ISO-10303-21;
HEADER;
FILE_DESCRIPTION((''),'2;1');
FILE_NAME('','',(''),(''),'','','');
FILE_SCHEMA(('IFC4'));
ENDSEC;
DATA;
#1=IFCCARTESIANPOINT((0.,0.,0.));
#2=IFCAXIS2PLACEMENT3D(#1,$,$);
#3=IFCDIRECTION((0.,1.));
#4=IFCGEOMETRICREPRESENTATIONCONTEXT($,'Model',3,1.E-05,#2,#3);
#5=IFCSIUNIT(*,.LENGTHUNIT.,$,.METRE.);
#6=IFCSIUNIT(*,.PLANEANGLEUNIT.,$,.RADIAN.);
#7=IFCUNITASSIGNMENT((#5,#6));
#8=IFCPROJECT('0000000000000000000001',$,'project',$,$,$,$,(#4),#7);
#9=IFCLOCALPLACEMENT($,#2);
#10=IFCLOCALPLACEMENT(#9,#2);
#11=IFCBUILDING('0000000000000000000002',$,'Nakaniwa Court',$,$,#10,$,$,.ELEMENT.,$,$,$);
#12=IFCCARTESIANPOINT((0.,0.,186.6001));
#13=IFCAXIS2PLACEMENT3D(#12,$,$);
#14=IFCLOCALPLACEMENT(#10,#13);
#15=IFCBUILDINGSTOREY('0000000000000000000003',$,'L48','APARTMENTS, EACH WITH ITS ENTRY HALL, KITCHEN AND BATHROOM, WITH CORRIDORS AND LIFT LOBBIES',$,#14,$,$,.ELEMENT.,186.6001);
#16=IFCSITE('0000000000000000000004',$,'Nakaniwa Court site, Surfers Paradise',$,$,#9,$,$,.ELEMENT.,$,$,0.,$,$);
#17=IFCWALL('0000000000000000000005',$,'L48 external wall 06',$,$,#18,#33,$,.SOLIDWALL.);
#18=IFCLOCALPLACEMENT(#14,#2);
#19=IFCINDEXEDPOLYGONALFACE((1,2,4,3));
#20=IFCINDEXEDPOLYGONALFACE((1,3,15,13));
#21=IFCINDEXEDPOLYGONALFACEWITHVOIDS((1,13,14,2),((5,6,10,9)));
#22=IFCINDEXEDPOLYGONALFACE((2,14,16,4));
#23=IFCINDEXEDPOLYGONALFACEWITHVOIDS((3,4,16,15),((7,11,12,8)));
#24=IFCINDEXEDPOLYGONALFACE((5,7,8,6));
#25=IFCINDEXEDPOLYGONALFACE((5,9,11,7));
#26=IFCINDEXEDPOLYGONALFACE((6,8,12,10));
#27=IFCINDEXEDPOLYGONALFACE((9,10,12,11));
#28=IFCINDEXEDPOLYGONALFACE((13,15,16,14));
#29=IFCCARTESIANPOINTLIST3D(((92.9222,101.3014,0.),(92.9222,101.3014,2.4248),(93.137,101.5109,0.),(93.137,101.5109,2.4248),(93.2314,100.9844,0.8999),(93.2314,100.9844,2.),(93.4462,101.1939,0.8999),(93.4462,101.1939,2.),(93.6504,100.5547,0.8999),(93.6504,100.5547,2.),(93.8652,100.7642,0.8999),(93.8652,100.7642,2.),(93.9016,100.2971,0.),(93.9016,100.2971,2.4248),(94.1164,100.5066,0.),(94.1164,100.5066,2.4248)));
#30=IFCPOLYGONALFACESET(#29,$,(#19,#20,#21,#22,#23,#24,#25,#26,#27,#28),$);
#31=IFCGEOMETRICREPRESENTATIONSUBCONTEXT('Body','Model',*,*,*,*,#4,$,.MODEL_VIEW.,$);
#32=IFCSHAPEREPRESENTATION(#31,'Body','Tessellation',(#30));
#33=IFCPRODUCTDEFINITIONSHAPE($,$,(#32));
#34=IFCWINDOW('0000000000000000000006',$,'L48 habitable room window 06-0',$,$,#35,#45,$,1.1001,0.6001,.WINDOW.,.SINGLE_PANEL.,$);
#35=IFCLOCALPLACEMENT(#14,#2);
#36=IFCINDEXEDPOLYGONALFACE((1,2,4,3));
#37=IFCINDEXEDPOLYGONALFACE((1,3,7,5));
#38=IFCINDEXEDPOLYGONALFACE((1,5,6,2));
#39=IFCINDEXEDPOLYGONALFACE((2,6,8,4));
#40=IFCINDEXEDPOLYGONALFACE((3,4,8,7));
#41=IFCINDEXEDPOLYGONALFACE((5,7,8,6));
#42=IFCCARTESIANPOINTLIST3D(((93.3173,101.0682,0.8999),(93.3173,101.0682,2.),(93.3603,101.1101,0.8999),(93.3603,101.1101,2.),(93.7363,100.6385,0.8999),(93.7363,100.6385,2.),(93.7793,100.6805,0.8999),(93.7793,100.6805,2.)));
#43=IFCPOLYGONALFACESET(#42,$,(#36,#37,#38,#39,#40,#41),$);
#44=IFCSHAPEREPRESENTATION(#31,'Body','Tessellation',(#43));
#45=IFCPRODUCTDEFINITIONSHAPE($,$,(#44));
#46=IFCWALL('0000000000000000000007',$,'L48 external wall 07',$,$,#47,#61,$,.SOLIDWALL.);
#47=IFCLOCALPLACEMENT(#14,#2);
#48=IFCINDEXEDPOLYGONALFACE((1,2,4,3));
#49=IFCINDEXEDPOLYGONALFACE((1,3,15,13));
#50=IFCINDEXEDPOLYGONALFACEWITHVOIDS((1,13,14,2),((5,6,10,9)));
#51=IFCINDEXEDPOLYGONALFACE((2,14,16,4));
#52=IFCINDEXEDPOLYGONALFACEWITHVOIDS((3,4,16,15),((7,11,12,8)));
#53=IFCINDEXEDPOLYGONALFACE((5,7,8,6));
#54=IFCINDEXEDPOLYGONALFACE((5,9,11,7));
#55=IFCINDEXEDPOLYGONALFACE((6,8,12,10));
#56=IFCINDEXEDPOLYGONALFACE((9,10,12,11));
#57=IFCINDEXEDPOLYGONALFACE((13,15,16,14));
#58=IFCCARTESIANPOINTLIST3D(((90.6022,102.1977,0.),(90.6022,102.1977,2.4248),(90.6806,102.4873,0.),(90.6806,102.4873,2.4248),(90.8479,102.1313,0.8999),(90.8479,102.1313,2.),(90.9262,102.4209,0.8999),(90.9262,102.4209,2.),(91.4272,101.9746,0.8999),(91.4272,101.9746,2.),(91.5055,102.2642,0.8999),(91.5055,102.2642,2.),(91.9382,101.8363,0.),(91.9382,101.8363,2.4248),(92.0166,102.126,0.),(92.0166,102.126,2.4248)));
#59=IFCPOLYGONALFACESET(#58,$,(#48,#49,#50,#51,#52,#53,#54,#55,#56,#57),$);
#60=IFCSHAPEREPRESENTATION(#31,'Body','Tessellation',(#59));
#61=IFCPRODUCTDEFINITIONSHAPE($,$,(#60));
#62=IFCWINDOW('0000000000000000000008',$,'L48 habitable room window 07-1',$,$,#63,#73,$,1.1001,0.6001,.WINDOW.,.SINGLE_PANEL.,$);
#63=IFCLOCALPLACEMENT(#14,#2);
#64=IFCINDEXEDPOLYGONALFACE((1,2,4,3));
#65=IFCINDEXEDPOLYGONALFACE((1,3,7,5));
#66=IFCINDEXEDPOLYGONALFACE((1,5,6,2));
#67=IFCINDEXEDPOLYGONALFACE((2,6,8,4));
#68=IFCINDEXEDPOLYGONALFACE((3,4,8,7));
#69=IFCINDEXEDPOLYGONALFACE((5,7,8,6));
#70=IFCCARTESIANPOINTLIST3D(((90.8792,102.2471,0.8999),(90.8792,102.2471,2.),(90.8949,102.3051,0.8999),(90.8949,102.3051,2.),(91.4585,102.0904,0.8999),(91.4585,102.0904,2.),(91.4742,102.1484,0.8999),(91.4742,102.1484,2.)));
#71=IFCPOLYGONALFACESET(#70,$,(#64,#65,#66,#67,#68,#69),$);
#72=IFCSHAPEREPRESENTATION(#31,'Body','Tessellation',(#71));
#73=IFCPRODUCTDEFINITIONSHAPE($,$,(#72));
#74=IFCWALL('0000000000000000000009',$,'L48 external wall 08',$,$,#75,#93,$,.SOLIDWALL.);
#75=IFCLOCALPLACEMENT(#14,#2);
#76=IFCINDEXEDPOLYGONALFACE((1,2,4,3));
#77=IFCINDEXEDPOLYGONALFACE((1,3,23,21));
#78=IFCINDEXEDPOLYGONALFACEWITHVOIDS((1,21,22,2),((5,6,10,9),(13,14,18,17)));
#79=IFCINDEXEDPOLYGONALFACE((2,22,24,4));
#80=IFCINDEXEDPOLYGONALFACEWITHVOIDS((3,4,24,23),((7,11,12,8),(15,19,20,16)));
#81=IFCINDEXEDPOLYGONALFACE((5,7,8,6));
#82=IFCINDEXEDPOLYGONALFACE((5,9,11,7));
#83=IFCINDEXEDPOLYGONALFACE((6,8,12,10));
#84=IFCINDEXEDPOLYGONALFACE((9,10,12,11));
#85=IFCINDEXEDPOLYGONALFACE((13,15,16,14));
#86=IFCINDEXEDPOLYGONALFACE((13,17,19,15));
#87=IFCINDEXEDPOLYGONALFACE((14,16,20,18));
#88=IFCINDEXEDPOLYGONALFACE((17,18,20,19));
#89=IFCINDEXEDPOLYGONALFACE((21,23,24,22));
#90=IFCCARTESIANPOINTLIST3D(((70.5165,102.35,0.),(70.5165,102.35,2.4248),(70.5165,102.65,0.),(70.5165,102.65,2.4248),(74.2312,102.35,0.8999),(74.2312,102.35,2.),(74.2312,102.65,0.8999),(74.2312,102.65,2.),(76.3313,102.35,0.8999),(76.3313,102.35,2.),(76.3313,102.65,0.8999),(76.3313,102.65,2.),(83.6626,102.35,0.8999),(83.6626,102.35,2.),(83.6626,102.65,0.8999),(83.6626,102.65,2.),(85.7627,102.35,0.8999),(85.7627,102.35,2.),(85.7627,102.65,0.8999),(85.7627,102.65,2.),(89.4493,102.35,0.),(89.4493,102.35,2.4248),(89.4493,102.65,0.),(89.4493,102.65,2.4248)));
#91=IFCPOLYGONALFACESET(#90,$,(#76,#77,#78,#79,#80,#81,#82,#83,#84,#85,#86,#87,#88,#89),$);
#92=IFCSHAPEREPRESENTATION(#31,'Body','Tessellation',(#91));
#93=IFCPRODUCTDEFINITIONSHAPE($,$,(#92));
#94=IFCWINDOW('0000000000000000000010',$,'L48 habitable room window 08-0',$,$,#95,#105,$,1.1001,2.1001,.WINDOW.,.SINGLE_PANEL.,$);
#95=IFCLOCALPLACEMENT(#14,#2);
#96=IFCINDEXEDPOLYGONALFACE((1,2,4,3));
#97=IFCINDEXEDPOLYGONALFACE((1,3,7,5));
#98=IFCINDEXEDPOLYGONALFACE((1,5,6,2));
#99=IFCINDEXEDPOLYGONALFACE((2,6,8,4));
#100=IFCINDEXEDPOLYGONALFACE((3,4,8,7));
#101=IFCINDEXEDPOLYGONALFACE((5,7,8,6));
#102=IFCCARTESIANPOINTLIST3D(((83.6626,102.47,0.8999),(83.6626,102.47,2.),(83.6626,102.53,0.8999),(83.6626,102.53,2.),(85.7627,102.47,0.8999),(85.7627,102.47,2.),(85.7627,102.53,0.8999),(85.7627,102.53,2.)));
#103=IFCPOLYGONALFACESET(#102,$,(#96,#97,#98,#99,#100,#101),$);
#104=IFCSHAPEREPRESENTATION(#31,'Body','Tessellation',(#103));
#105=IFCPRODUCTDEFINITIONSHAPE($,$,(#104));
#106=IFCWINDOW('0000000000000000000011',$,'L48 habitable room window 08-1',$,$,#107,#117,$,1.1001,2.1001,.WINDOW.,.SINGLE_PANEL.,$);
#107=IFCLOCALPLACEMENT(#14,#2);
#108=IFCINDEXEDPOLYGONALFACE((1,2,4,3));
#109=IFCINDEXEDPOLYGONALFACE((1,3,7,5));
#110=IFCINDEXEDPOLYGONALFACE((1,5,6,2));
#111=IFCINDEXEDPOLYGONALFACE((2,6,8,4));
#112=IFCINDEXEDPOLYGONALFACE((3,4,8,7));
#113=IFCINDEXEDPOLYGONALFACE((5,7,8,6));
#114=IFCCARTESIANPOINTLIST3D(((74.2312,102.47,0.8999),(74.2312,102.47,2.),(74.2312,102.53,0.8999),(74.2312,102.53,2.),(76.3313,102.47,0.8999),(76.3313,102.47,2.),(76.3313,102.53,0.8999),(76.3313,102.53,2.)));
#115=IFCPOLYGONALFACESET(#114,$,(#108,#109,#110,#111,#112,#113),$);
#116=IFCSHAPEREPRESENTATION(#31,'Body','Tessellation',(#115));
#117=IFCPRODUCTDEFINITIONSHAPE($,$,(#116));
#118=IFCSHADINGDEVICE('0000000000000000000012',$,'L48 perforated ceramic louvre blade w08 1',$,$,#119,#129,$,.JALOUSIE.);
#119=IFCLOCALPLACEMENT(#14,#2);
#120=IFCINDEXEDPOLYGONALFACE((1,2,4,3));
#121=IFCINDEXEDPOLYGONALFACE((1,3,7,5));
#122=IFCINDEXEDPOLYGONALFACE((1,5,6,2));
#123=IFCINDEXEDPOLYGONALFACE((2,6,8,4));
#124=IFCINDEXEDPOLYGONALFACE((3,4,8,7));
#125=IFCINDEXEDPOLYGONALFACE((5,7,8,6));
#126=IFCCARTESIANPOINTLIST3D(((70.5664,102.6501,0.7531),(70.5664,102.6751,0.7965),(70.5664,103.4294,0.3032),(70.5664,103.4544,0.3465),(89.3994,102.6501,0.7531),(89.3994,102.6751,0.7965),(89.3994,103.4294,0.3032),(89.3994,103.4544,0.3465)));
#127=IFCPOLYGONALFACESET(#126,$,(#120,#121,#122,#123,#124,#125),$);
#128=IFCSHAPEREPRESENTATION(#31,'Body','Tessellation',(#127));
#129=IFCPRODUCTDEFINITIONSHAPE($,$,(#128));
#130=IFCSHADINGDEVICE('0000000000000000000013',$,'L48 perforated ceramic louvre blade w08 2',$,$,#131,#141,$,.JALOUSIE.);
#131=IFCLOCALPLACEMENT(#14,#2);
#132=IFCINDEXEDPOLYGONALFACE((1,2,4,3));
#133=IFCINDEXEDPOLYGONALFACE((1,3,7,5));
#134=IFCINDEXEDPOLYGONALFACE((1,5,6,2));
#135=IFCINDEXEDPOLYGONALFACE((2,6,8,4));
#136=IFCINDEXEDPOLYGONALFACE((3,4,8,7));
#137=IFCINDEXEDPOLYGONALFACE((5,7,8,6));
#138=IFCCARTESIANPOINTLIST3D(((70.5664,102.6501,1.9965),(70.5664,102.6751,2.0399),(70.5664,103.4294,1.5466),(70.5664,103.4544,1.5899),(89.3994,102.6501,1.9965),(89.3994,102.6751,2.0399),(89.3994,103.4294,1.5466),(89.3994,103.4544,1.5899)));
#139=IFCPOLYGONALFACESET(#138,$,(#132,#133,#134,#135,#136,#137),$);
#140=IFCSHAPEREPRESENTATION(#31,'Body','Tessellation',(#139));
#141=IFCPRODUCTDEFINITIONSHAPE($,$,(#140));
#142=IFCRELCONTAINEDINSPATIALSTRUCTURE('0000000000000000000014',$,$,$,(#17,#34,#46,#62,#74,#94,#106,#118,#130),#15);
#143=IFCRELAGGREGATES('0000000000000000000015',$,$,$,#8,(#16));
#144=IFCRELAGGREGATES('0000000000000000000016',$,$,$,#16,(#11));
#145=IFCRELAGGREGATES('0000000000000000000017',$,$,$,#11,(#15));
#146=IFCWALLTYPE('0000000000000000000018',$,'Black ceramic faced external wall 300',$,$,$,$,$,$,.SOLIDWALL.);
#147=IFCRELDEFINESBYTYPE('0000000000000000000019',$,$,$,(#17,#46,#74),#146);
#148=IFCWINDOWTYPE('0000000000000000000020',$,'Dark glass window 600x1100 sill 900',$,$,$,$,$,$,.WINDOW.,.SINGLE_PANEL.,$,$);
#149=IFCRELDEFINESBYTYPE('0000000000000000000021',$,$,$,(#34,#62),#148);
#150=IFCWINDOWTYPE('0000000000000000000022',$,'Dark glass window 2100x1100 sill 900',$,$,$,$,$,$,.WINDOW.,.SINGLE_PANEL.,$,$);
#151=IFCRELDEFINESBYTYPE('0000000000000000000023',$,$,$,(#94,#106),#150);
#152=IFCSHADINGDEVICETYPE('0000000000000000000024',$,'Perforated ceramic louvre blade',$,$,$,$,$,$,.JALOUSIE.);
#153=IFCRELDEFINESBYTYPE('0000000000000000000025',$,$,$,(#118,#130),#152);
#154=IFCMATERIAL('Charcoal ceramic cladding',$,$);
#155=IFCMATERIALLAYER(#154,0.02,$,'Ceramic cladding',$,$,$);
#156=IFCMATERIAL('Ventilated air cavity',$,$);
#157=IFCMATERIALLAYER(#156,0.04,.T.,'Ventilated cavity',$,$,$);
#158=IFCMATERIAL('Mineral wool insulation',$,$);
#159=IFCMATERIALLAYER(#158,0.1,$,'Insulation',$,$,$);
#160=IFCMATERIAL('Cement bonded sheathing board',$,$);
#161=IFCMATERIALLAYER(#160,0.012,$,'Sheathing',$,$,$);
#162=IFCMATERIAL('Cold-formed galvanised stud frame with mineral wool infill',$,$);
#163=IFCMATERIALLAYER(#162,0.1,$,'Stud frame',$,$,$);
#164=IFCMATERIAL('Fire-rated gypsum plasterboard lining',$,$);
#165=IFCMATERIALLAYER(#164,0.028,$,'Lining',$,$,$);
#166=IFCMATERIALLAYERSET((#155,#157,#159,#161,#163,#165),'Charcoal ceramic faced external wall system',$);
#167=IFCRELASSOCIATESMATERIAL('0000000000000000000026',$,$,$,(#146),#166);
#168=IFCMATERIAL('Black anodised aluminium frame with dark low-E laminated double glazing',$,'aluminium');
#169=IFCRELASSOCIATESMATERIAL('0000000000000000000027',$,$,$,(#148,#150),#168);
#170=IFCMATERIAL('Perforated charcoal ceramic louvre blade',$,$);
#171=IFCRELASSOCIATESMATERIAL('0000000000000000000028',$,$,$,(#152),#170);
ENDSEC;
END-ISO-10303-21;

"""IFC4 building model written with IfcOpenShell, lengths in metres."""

from ifc_helpers import new_model, si_unit, direction, frame, frame_2d, origin, origin_2d, place, context, subcontext, project, spatial, rectangle, extrude, material, layer, layer_set, material_profile, profile_set, type_object, element, fill, save


model = new_model("IFC4")

# Units and contexts
model_context = context("Model", 3, precision=1e-05, world=origin(), true_north=direction((0.0, 1.0)))
body_context = subcontext(model_context, "Body", "Model", "MODEL_VIEW")
ifc_project = project(units=[si_unit("LENGTHUNIT", "METRE"), si_unit("PLANEANGLEUNIT", "RADIAN")], contexts=[model_context])

# Site, building, storey
site_placement = place(None, origin())
site = spatial("IfcSite", under=ifc_project, at=site_placement, Name="Nakaniwa Court site, Surfers Paradise", CompositionType="ELEMENT", RefElevation=0.0)
building_placement = place(site_placement, origin())
building = spatial("IfcBuilding", under=site, at=building_placement, Name="Nakaniwa Court", CompositionType="ELEMENT")
storey_placement = place(building_placement, frame((0.0, 0.0, 186.6001)))
storey = spatial("IfcBuildingStorey", under=building, at=storey_placement, Name="L48", Description="APARTMENTS, EACH WITH ITS ENTRY HALL, KITCHEN AND BATHROOM, WITH CORRIDORS AND LIFT LOBBIES", CompositionType="ELEMENT", Elevation=186.6001)

# Walls, openings, windows
ifc_material_1 = material(Name="Charcoal ceramic cladding")
ifc_layer_1 = layer(ifc_material_1, 0.02, Name="Ceramic cladding")
ifc_material_2 = material(Name="Ventilated air cavity")
ifc_layer_2 = layer(ifc_material_2, 0.04, ventilated=True, Name="Ventilated cavity")
ifc_material_3 = material(Name="Mineral wool insulation")
ifc_layer_3 = layer(ifc_material_3, 0.1, Name="Insulation")
ifc_material_4 = material(Name="Cement bonded sheathing board")
ifc_layer_4 = layer(ifc_material_4, 0.012, Name="Sheathing")
ifc_material_5 = material(Name="Cold-formed galvanised stud frame with mineral wool infill")
ifc_layer_5 = layer(ifc_material_5, 0.1, Name="Stud frame")
ifc_material_6 = material(Name="Fire-rated gypsum plasterboard lining")
ifc_layer_6 = layer(ifc_material_6, 0.028, Name="Lining")
ifc_layer_set_1 = layer_set([ifc_layer_1, ifc_layer_2, ifc_layer_3, ifc_layer_4, ifc_layer_5, ifc_layer_6], Name="Charcoal ceramic faced external wall system")
wall_type_1 = type_object("IfcWallType", Name="Black ceramic faced external wall 300", PredefinedType="SOLIDWALL", material=ifc_layer_set_1)
wall_1_placement = place(storey_placement, frame((94.009, 100.4019, 0.0), z_axis=(0.0, 0.0, 1.0), x_axis=(-0.698176, 0.715926, 0.0)))
wall_1 = element("IfcWall", 1, at=wall_1_placement, inside=storey, type_object=wall_type_1, Name="L48 external wall 06", PredefinedType="SOLIDWALL", context=body_context, shape_type="SweptSolid", body=[
    extrude(rectangle(XDim=1.4028, YDim=0.3, at=frame_2d((0.7014, 0.0))), origin(), (0.0, 0.0, 1.0), 2.4248),
])
opening_1_placement = place(wall_1_placement, frame((0.3599, 0.0, 0.8999)))
opening_1 = element("IfcOpeningElement", 2, at=opening_1_placement, cuts=wall_1, PredefinedType="OPENING", context=body_context, shape_type="SweptSolid", body=[
    extrude(rectangle(XDim=0.6001, YDim=1.1001, at=frame_2d((0.3, 0.55))), frame((0.0, 0.1599, 0.0), z_axis=(0.0, -1.0, 0.0), x_axis=(1.0, 0.0, 0.0)), (0.0, 0.0, 1.0), 0.3201),
])
ifc_material_7 = material(Name="Black anodised aluminium frame with dark low-E laminated double glazing", Category="aluminium")
window_type_1 = type_object("IfcWindowType", Name="Dark glass window 600x1100 sill 900", PartitioningType="SINGLE_PANEL", PredefinedType="WINDOW", material=ifc_material_7)
window_1_placement = place(opening_1_placement, origin())
window_1 = element("IfcWindow", 3, at=window_1_placement, inside=storey, type_object=window_type_1, Name="L48 habitable room window 06-0", OverallHeight=1.1001, OverallWidth=0.6001, PartitioningType="SINGLE_PANEL", PredefinedType="WINDOW", context=body_context, shape_type="SweptSolid", body=[
    extrude(rectangle(XDim=0.6001, YDim=1.1001, at=frame_2d((0.3, 0.55))), frame((0.0, 0.03, 0.0), z_axis=(0.0, -1.0, 0.0), x_axis=(1.0, 0.0, 0.0)), (0.0, 0.0, 1.0), 0.0601),
])
fill(opening_1, window_1)
wall_2_placement = place(storey_placement, frame((91.9773, 101.9812, 0.0), z_axis=(0.0, 0.0, 1.0), x_axis=(-0.965315, 0.261087, 0.0)))
wall_2 = element("IfcWall", 4, at=wall_2_placement, inside=storey, type_object=wall_type_1, Name="L48 external wall 07", PredefinedType="SOLIDWALL", context=body_context, shape_type="SweptSolid", body=[
    extrude(rectangle(XDim=1.384, YDim=0.3, at=frame_2d((0.6919, 0.0))), origin(), (0.0, 0.0, 1.0), 2.4248),
])
opening_2_placement = place(wall_2_placement, frame((0.5293, 0.0, 0.8999)))
opening_2 = element("IfcOpeningElement", 5, at=opening_2_placement, cuts=wall_2, PredefinedType="OPENING", context=body_context, shape_type="SweptSolid", body=[
    extrude(rectangle(XDim=0.6001, YDim=1.1001, at=frame_2d((0.3, 0.55))), frame((0.0, 0.1599, 0.0), z_axis=(0.0, -1.0, 0.0), x_axis=(1.0, 0.0, 0.0)), (0.0, 0.0, 1.0), 0.3201),
])
window_2_placement = place(opening_2_placement, origin())
window_2 = element("IfcWindow", 6, at=window_2_placement, inside=storey, type_object=window_type_1, Name="L48 habitable room window 07-1", OverallHeight=1.1001, OverallWidth=0.6001, PartitioningType="SINGLE_PANEL", PredefinedType="WINDOW", context=body_context, shape_type="SweptSolid", body=[
    extrude(rectangle(XDim=0.6001, YDim=1.1001, at=frame_2d((0.3, 0.55))), frame((0.0, 0.03, 0.0), z_axis=(0.0, -1.0, 0.0), x_axis=(1.0, 0.0, 0.0)), (0.0, 0.0, 1.0), 0.0601),
])
fill(opening_2, window_2)

# Wall, openings, windows
wall_3_placement = place(storey_placement, frame((89.4492, 102.5, 0.0), z_axis=(0.0, 0.0, 1.0), x_axis=(-1.0, 0.0, 0.0)))
wall_3 = element("IfcWall", 7, at=wall_3_placement, inside=storey, type_object=wall_type_1, Name="L48 external wall 08", PredefinedType="SOLIDWALL", context=body_context, shape_type="SweptSolid", body=[
    extrude(rectangle(XDim=18.9329, YDim=0.3, at=frame_2d((9.4663, 0.0))), origin(), (0.0, 0.0, 1.0), 2.4248),
])
opening_3_placement = place(wall_3_placement, frame((3.6865, 0.0, 0.8999)))
opening_3 = element("IfcOpeningElement", 8, at=opening_3_placement, cuts=wall_3, PredefinedType="OPENING", context=body_context, shape_type="SweptSolid", body=[
    extrude(rectangle(XDim=2.1001, YDim=1.1001, at=frame_2d((1.05, 0.55))), frame((0.0, 0.1599, 0.0), z_axis=(0.0, -1.0, 0.0), x_axis=(1.0, 0.0, 0.0)), (0.0, 0.0, 1.0), 0.3201),
])
opening_4_placement = place(wall_3_placement, frame((13.1179, 0.0, 0.8999)))
opening_4 = element("IfcOpeningElement", 9, at=opening_4_placement, cuts=wall_3, PredefinedType="OPENING", context=body_context, shape_type="SweptSolid", body=[
    extrude(rectangle(XDim=2.1001, YDim=1.1001, at=frame_2d((1.05, 0.55))), frame((0.0, 0.1599, 0.0), z_axis=(0.0, -1.0, 0.0), x_axis=(1.0, 0.0, 0.0)), (0.0, 0.0, 1.0), 0.3201),
])
window_type_2 = type_object("IfcWindowType", Name="Dark glass window 2100x1100 sill 900", PartitioningType="SINGLE_PANEL", PredefinedType="WINDOW", material=ifc_material_7)
window_3_placement = place(opening_3_placement, origin())
window_3 = element("IfcWindow", 10, at=window_3_placement, inside=storey, type_object=window_type_2, Name="L48 habitable room window 08-0", OverallHeight=1.1001, OverallWidth=2.1001, PartitioningType="SINGLE_PANEL", PredefinedType="WINDOW", context=body_context, shape_type="SweptSolid", body=[
    extrude(rectangle(XDim=2.1001, YDim=1.1001, at=frame_2d((1.05, 0.55))), frame((0.0, 0.03, 0.0), z_axis=(0.0, -1.0, 0.0), x_axis=(1.0, 0.0, 0.0)), (0.0, 0.0, 1.0), 0.0601),
])
fill(opening_3, window_3)
window_4_placement = place(opening_4_placement, origin())
window_4 = element("IfcWindow", 11, at=window_4_placement, inside=storey, type_object=window_type_2, Name="L48 habitable room window 08-1", OverallHeight=1.1001, OverallWidth=2.1001, PartitioningType="SINGLE_PANEL", PredefinedType="WINDOW", context=body_context, shape_type="SweptSolid", body=[
    extrude(rectangle(XDim=2.1001, YDim=1.1001, at=frame_2d((1.05, 0.55))), frame((0.0, 0.03, 0.0), z_axis=(0.0, -1.0, 0.0), x_axis=(1.0, 0.0, 0.0)), (0.0, 0.0, 1.0), 0.0601),
])
fill(opening_4, window_4)

# Shading devices
ifc_material_8 = material(Name="Perforated charcoal ceramic louvre blade")
ifc_material_profile_1 = material_profile(ifc_material_8, rectangle(XDim=0.8999, YDim=0.05, at=origin_2d()), Name="Perforated ceramic louvre blade")
ifc_profile_set_1 = profile_set([ifc_material_profile_1], Name="Perforated charcoal ceramic louvre blade")
shading_device_type = type_object("IfcShadingDeviceType", Name="Perforated ceramic louvre blade", PredefinedType="JALOUSIE", material=ifc_profile_set_1)
for number, where, z_axis, x_axis, name in (
    (12, (89.3994, 103.0522, 0.5498), (-1.0, 0.0, 0.0), (0.0, -0.866025, 0.5), "L48 perforated ceramic louvre blade w08 1"),
    (13, (89.3994, 103.0522, 1.7932), (-1.0, 0.0, 0.0), (0.0, -0.866025, 0.5), "L48 perforated ceramic louvre blade w08 2"),
):
    element("IfcShadingDevice", number, at=place(storey_placement, frame(where, z_axis=z_axis, x_axis=x_axis)), inside=storey, type_object=shading_device_type, Name=name, PredefinedType="JALOUSIE", context=body_context, shape_type="SweptSolid", body=[
        extrude(rectangle(XDim=0.8999, YDim=0.05, at=origin_2d()), origin(), (0.0, 0.0, 1.0), 18.833),
    ])

save(model, "model.ifc")
